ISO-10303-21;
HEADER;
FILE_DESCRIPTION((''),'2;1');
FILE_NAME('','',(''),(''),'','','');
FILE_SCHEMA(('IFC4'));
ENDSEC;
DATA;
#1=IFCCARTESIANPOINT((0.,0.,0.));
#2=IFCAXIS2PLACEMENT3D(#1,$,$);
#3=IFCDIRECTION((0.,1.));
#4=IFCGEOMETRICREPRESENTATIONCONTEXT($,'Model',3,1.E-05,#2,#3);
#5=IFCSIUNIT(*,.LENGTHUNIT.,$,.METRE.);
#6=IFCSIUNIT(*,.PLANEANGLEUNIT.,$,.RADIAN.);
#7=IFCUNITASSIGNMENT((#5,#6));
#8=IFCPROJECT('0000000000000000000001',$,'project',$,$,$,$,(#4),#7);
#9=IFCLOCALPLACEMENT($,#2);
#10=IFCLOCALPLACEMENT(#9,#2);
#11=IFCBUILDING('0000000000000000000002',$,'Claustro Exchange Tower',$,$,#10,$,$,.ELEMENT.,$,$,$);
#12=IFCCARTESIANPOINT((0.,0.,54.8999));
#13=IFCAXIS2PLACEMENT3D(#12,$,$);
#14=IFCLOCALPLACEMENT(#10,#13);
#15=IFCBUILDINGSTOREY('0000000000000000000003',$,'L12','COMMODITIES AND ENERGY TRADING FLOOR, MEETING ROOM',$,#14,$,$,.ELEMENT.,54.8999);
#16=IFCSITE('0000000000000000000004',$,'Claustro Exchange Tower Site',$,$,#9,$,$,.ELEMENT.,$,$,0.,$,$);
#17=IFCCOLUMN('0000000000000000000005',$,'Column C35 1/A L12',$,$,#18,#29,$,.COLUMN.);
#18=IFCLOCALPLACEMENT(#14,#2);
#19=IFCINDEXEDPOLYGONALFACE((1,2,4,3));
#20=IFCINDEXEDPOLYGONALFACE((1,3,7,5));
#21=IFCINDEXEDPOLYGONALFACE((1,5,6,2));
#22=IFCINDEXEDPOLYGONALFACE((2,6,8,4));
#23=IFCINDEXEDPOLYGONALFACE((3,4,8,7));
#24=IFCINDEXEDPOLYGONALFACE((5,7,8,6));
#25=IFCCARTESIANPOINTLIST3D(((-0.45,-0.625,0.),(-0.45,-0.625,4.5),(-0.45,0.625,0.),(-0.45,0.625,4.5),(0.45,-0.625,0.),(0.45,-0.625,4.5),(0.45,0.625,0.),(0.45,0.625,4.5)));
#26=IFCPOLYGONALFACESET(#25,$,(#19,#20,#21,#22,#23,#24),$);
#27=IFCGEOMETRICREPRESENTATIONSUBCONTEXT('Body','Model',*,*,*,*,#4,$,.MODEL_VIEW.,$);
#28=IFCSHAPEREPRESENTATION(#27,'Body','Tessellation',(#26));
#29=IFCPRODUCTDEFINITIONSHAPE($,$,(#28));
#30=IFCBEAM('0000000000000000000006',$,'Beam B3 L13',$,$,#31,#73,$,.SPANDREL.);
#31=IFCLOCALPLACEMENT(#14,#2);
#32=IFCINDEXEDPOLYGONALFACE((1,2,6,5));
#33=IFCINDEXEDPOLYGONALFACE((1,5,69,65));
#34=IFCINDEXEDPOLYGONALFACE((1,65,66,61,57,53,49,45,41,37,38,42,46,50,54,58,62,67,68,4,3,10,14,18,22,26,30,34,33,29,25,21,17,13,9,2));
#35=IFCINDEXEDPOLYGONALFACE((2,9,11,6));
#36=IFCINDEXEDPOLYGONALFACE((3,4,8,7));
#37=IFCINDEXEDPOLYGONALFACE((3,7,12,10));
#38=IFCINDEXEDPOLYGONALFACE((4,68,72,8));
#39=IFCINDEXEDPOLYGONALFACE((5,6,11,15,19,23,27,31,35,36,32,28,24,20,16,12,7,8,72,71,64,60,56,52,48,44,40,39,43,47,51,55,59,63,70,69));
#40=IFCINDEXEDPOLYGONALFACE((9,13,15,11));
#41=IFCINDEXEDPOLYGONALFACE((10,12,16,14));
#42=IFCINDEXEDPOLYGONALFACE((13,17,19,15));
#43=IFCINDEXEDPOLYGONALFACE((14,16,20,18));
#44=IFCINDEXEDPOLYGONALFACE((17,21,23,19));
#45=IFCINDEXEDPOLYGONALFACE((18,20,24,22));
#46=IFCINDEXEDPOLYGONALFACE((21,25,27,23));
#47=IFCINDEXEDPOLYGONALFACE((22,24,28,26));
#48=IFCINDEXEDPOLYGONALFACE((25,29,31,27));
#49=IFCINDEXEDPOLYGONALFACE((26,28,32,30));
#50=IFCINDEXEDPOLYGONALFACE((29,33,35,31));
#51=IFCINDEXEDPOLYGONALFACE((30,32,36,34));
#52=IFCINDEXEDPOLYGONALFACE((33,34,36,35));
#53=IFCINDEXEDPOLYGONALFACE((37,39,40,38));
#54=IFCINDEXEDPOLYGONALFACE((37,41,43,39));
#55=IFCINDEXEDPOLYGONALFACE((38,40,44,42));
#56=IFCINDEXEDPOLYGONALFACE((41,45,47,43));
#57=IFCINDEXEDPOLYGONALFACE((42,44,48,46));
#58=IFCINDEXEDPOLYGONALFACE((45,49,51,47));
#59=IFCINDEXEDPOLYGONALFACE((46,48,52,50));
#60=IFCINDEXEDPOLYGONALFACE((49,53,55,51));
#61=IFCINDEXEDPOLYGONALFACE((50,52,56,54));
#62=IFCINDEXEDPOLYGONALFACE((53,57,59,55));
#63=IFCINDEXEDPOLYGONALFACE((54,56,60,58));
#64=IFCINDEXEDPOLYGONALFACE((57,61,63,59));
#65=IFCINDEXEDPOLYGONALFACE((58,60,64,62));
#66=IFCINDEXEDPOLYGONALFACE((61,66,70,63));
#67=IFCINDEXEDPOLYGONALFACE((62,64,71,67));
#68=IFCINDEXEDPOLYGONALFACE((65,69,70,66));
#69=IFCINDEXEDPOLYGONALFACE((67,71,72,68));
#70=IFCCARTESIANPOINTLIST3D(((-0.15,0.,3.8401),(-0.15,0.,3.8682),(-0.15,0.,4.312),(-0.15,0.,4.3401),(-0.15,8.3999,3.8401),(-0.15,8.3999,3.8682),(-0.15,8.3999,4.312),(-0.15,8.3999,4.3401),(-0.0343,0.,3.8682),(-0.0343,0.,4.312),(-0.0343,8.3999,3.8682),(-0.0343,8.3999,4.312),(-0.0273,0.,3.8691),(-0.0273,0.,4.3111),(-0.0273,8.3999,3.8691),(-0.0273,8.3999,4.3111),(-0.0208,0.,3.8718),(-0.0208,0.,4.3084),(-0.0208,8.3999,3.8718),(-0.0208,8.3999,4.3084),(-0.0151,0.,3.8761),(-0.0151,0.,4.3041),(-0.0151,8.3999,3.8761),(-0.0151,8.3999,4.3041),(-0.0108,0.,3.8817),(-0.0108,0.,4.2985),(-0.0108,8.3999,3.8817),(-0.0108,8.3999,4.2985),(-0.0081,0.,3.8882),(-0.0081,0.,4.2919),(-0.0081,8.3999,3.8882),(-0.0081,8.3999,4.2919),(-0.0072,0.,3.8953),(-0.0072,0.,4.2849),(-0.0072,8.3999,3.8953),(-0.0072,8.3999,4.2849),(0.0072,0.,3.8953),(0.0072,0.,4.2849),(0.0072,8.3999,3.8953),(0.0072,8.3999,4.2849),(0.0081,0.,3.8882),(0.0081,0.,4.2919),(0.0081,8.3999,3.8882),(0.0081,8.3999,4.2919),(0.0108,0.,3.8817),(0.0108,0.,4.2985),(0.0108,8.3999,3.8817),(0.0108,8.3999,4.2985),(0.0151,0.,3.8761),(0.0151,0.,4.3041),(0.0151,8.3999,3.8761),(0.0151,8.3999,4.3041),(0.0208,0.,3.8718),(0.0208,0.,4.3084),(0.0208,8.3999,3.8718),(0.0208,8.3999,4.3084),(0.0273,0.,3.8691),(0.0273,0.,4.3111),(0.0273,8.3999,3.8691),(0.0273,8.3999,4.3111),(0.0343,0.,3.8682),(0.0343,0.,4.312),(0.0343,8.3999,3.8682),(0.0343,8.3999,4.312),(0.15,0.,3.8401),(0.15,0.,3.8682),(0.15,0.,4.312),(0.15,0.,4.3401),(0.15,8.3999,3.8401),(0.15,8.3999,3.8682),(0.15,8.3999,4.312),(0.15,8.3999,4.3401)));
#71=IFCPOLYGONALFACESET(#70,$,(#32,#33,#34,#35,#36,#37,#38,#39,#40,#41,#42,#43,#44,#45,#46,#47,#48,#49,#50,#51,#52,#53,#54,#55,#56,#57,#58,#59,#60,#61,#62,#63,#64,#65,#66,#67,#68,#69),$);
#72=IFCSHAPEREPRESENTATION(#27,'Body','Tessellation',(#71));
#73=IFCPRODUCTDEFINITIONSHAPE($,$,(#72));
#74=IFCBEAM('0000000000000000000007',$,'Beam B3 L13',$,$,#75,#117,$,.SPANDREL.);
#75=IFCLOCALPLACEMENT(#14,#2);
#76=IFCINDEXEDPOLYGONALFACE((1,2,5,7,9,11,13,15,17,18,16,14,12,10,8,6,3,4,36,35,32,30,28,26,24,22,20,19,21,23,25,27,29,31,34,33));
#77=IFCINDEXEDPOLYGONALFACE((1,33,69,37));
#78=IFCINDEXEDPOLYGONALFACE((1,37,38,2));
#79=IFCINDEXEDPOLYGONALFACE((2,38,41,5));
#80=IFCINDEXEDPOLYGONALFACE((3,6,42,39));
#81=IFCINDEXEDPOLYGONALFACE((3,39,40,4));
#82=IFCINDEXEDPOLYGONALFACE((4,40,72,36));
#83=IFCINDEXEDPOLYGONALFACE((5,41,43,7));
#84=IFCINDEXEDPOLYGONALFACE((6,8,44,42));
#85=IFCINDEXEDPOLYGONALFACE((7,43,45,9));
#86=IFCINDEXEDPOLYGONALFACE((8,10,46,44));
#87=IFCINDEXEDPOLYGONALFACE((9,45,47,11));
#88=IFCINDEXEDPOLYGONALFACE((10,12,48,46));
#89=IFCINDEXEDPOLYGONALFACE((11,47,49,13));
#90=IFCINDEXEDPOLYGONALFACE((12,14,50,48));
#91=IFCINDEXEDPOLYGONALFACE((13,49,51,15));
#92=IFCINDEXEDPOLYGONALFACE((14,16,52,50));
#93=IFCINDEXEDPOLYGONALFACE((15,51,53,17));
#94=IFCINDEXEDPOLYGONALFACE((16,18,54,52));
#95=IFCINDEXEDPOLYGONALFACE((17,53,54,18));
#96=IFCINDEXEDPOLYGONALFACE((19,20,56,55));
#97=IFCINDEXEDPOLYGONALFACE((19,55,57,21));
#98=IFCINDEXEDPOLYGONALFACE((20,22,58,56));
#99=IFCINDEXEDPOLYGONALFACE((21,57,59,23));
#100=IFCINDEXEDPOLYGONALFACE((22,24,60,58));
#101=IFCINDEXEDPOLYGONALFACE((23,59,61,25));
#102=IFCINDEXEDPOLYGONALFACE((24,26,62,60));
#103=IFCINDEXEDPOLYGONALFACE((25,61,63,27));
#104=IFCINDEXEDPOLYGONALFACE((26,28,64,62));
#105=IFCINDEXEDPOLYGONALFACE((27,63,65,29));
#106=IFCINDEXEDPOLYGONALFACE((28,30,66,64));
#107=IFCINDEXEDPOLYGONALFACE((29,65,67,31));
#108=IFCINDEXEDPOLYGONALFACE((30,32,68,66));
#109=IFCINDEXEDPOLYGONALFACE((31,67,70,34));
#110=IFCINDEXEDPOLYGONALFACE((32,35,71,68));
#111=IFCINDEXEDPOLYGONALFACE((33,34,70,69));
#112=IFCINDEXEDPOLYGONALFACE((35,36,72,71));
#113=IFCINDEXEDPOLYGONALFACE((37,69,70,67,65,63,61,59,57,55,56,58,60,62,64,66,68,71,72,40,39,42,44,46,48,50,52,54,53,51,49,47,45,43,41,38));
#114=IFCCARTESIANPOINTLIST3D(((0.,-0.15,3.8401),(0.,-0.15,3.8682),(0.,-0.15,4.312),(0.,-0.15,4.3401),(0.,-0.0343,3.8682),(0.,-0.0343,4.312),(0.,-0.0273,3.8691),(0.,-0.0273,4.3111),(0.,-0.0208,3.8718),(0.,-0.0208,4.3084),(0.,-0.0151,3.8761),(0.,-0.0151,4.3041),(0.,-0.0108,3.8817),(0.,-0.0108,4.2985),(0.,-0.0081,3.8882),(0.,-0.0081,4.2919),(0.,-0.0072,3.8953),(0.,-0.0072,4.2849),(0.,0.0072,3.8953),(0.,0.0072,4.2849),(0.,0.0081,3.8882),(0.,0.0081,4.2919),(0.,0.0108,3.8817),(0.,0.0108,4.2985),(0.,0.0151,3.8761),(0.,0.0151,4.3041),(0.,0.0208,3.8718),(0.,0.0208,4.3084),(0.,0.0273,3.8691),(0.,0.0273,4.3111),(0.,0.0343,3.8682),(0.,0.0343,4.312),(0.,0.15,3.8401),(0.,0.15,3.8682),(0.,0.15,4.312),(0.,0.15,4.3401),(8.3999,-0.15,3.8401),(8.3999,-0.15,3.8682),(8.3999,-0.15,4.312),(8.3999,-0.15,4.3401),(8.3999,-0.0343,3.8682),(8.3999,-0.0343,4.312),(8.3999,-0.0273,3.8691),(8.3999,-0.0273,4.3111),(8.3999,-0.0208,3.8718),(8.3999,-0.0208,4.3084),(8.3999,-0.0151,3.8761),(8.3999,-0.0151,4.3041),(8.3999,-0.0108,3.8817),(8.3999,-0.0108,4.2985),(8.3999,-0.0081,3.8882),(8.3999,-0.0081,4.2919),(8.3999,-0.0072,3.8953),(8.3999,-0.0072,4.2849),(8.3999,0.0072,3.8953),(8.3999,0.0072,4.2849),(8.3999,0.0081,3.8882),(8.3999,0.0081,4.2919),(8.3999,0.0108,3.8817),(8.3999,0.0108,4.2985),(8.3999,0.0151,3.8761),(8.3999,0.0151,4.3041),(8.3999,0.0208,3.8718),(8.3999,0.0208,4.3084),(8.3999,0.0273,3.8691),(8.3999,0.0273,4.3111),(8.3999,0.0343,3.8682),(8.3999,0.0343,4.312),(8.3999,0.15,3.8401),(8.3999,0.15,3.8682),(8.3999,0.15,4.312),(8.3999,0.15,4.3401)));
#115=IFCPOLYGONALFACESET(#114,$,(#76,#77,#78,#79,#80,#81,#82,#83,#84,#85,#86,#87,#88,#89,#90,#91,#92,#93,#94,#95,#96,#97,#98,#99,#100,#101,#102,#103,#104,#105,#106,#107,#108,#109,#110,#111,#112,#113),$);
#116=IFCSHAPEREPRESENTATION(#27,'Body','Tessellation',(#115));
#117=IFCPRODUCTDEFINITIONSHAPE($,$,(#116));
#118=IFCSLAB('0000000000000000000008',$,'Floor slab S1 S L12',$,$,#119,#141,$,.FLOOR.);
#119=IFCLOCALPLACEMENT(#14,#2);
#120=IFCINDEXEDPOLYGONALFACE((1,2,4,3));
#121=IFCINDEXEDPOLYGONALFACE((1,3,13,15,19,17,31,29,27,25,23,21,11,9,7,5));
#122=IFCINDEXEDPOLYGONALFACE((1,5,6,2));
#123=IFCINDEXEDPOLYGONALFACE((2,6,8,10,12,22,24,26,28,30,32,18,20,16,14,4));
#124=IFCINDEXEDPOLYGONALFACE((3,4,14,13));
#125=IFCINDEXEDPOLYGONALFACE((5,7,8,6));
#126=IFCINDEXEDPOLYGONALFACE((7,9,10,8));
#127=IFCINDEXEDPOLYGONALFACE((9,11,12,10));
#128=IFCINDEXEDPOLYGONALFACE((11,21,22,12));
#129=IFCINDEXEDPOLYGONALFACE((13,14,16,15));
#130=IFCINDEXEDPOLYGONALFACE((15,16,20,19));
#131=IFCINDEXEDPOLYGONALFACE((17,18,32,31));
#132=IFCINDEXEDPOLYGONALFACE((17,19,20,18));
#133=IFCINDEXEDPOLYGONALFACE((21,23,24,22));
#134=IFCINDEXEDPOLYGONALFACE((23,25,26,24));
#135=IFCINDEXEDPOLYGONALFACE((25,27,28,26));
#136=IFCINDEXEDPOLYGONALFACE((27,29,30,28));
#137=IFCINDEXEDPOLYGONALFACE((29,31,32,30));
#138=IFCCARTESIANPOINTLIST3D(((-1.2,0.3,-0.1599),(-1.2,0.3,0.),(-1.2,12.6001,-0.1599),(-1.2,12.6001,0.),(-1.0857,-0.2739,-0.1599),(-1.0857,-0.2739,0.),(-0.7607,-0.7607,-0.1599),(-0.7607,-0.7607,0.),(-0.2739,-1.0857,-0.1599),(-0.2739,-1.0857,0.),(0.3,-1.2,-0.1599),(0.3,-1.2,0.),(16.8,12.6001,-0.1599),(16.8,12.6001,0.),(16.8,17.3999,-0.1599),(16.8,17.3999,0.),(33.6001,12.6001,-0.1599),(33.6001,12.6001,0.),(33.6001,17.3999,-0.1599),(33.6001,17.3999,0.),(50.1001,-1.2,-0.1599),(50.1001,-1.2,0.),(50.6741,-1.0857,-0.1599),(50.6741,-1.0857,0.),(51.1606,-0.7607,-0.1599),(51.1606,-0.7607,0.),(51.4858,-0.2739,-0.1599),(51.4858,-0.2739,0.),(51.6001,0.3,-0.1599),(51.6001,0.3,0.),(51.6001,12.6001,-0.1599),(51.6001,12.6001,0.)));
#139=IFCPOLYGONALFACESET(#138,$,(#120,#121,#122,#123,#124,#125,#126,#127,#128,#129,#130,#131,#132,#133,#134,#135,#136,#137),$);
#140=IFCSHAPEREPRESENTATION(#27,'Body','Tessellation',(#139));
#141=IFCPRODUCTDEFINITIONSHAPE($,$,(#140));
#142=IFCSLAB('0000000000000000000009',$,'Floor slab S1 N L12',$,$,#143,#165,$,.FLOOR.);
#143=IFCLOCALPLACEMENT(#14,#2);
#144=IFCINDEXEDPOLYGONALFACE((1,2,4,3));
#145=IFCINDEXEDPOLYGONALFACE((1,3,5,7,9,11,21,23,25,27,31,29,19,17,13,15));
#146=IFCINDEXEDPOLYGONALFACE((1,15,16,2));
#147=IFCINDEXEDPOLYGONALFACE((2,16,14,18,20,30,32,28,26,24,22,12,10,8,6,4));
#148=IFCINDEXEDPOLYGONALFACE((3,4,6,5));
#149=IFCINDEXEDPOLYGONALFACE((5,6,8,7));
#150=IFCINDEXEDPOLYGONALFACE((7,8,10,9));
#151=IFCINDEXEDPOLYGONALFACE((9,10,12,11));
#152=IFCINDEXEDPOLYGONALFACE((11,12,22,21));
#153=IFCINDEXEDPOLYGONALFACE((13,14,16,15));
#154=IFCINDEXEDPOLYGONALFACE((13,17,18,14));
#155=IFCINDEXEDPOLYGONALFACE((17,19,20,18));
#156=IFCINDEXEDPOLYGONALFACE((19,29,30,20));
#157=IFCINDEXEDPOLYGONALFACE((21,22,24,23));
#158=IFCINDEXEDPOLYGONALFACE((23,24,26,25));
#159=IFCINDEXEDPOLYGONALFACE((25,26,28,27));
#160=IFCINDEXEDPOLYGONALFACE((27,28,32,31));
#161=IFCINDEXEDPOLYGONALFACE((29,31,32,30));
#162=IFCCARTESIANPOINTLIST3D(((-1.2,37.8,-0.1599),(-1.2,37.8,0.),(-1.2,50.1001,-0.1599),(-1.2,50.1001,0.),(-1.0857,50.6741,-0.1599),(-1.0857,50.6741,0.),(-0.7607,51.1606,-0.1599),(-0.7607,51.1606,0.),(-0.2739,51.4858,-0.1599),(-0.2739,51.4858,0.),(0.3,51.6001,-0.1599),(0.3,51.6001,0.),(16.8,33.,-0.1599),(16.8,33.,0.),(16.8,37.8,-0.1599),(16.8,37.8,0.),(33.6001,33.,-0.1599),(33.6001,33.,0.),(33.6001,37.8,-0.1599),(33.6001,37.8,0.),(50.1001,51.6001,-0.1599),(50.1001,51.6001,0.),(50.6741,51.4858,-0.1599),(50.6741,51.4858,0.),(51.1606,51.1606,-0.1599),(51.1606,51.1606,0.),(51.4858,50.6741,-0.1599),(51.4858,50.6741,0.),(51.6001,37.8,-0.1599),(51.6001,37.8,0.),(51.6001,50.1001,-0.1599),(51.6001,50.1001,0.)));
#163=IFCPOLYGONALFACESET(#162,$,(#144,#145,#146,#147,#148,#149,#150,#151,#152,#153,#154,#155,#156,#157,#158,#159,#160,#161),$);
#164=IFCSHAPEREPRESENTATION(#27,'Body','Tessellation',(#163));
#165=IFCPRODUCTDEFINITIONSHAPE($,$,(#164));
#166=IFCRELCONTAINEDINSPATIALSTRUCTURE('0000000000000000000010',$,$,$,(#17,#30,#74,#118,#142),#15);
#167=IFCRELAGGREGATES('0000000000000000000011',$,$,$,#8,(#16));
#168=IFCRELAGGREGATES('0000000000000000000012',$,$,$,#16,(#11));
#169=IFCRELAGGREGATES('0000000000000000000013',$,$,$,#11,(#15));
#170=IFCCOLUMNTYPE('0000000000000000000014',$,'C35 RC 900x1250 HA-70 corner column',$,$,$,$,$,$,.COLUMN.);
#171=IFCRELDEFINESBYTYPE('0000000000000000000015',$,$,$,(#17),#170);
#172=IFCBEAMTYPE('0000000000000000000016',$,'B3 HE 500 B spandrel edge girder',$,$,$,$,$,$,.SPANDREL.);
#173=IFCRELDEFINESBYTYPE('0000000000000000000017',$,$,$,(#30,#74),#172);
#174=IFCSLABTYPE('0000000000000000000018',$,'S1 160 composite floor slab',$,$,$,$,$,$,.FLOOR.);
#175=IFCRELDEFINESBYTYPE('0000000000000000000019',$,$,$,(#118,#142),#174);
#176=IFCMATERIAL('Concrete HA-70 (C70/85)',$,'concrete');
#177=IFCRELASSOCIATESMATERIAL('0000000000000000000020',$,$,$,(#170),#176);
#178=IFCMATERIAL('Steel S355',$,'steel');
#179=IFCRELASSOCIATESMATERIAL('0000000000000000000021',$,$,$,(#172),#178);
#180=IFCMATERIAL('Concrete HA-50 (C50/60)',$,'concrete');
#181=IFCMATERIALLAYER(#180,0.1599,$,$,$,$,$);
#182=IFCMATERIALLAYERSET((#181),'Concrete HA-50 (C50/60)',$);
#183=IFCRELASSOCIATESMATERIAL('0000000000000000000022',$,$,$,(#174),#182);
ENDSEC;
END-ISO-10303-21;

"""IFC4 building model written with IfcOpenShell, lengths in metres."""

from ifc_helpers import new_model, si_unit, direction, frame, origin, origin_with_axes, origin_2d, place, context, subcontext, project, spatial, polyline, rectangle, i_section, outline, extrude, material, layer, layer_set, material_profile, profile_set, type_object, element, save


model = new_model("IFC4")

# Units and contexts
model_context = context("Model", 3, precision=1e-05, world=origin(), true_north=direction((0.0, 1.0)))
body_context = subcontext(model_context, "Body", "Model", "MODEL_VIEW")
ifc_project = project(units=[si_unit("LENGTHUNIT", "METRE"), si_unit("PLANEANGLEUNIT", "RADIAN")], contexts=[model_context])

# Site, building, storey
site_placement = place(None, origin())
site = spatial("IfcSite", under=ifc_project, at=site_placement, Name="Claustro Exchange Tower Site", CompositionType="ELEMENT", RefElevation=0.0)
building_placement = place(site_placement, origin())
building = spatial("IfcBuilding", under=site, at=building_placement, Name="Claustro Exchange Tower", CompositionType="ELEMENT")
storey_placement = place(building_placement, frame((0.0, 0.0, 54.8999)))
storey = spatial("IfcBuildingStorey", under=building, at=storey_placement, Name="L12", Description="COMMODITIES AND ENERGY TRADING FLOOR, MEETING ROOM", CompositionType="ELEMENT", Elevation=54.8999)

# Column
ifc_material_1 = material(Name="Concrete HA-70 (C70/85)", Category="concrete")
ifc_material_profile_1 = material_profile(ifc_material_1, rectangle(XDim=0.8999, YDim=1.25, at=origin_2d()), Name="RC 900x1250")
ifc_profile_set_1 = profile_set([ifc_material_profile_1], Name="Concrete HA-70 (C70/85)")
column_type = type_object("IfcColumnType", Name="C35 RC 900x1250 HA-70 corner column", PredefinedType="COLUMN", material=ifc_profile_set_1)
column_placement = place(storey_placement, origin_with_axes())
element("IfcColumn", 1, at=column_placement, inside=storey, type_object=column_type, Name="Column C35 1/A L12", PredefinedType="COLUMN", context=body_context, shape_type="SweptSolid", body=[
    extrude(rectangle(XDim=0.8999, YDim=1.25, at=origin_2d()), origin(), (0.0, 0.0, 1.0), 4.5),
])

# Beams
ifc_material_2 = material(Name="Steel S355", Category="steel")
ifc_material_profile_2 = material_profile(ifc_material_2, i_section(OverallWidth=0.3, OverallDepth=0.5, WebThickness=0.0144, FlangeThickness=0.0281, FilletRadius=0.0271, at=origin_2d()), Name="HE 500 B")
ifc_profile_set_2 = profile_set([ifc_material_profile_2], Name="Steel S355")
beam_type = type_object("IfcBeamType", Name="B3 HE 500 B spandrel edge girder", PredefinedType="SPANDREL", material=ifc_profile_set_2)
for number, where, z_axis, x_axis, name in (
    (2, (0.0, 0.0, 4.0901), (0.0, 1.0, 0.0), (-1.0, 0.0, 0.0), "Beam B3 L13"),
    (3, (0.0, 0.0, 4.0901), (1.0, 0.0, 0.0), (0.0, 1.0, 0.0), "Beam B3 L13"),
):
    element("IfcBeam", number, at=place(storey_placement, frame(where, z_axis=z_axis, x_axis=x_axis)), inside=storey, type_object=beam_type, Name=name, PredefinedType="SPANDREL", context=body_context, shape_type="SweptSolid", body=[
        extrude(i_section(OverallWidth=0.3, OverallDepth=0.5, WebThickness=0.0144, FlangeThickness=0.0281, FilletRadius=0.0271, at=origin_2d()), origin(), (0.0, 0.0, 1.0), 8.3999),
    ])

# Slabs
ifc_material_3 = material(Name="Concrete HA-50 (C50/60)", Category="concrete")
ifc_layer_1 = layer(ifc_material_3, 0.1599)
ifc_layer_set_1 = layer_set([ifc_layer_1], Name="Concrete HA-50 (C50/60)")
slab_type_1 = type_object("IfcSlabType", Name="S1 160 composite floor slab", PredefinedType="FLOOR", material=ifc_layer_set_1)
slab_1_placement = place(storey_placement, frame((0.0, 0.0, -0.1599)))
element("IfcSlab", 4, at=slab_1_placement, inside=storey, type_object=slab_type_1, Name="Floor slab S1 S L12", PredefinedType="FLOOR", context=body_context, shape_type="SweptSolid", body=[
    extrude(outline(polyline([(-0.2739, -1.0857), (0.3, -1.2), (50.1001, -1.2), (50.6741, -1.0857), (51.1606, -0.7607), (51.4858, -0.2739), (51.6001, 0.3), (51.6001, 12.6001), (33.6001, 12.6001), (33.6001, 17.3999), (16.8, 17.3999), (16.8, 12.6001), (-1.2, 12.6001), (-1.2, 0.3), (-1.0857, -0.2739), (-0.7607, -0.7607), (-0.2739, -1.0857)])), origin(), (0.0, 0.0, 1.0), 0.1599),
])
slab_2_placement = place(storey_placement, frame((0.0, 0.0, -0.1599)))
element("IfcSlab", 5, at=slab_2_placement, inside=storey, type_object=slab_type_1, Name="Floor slab S1 N L12", PredefinedType="FLOOR", context=body_context, shape_type="SweptSolid", body=[
    extrude(outline(polyline([(16.8, 37.8), (16.8, 33.0), (33.6001, 33.0), (33.6001, 37.8), (51.6001, 37.8), (51.6001, 50.1001), (51.4858, 50.6741), (51.1606, 51.1606), (50.6741, 51.4858), (50.1001, 51.6001), (0.3, 51.6001), (-0.2739, 51.4858), (-0.7607, 51.1606), (-1.0857, 50.6741), (-1.2, 50.1001), (-1.2, 37.8), (16.8, 37.8)])), origin(), (0.0, 0.0, 1.0), 0.1599),
])

save(model, "model.ifc")
